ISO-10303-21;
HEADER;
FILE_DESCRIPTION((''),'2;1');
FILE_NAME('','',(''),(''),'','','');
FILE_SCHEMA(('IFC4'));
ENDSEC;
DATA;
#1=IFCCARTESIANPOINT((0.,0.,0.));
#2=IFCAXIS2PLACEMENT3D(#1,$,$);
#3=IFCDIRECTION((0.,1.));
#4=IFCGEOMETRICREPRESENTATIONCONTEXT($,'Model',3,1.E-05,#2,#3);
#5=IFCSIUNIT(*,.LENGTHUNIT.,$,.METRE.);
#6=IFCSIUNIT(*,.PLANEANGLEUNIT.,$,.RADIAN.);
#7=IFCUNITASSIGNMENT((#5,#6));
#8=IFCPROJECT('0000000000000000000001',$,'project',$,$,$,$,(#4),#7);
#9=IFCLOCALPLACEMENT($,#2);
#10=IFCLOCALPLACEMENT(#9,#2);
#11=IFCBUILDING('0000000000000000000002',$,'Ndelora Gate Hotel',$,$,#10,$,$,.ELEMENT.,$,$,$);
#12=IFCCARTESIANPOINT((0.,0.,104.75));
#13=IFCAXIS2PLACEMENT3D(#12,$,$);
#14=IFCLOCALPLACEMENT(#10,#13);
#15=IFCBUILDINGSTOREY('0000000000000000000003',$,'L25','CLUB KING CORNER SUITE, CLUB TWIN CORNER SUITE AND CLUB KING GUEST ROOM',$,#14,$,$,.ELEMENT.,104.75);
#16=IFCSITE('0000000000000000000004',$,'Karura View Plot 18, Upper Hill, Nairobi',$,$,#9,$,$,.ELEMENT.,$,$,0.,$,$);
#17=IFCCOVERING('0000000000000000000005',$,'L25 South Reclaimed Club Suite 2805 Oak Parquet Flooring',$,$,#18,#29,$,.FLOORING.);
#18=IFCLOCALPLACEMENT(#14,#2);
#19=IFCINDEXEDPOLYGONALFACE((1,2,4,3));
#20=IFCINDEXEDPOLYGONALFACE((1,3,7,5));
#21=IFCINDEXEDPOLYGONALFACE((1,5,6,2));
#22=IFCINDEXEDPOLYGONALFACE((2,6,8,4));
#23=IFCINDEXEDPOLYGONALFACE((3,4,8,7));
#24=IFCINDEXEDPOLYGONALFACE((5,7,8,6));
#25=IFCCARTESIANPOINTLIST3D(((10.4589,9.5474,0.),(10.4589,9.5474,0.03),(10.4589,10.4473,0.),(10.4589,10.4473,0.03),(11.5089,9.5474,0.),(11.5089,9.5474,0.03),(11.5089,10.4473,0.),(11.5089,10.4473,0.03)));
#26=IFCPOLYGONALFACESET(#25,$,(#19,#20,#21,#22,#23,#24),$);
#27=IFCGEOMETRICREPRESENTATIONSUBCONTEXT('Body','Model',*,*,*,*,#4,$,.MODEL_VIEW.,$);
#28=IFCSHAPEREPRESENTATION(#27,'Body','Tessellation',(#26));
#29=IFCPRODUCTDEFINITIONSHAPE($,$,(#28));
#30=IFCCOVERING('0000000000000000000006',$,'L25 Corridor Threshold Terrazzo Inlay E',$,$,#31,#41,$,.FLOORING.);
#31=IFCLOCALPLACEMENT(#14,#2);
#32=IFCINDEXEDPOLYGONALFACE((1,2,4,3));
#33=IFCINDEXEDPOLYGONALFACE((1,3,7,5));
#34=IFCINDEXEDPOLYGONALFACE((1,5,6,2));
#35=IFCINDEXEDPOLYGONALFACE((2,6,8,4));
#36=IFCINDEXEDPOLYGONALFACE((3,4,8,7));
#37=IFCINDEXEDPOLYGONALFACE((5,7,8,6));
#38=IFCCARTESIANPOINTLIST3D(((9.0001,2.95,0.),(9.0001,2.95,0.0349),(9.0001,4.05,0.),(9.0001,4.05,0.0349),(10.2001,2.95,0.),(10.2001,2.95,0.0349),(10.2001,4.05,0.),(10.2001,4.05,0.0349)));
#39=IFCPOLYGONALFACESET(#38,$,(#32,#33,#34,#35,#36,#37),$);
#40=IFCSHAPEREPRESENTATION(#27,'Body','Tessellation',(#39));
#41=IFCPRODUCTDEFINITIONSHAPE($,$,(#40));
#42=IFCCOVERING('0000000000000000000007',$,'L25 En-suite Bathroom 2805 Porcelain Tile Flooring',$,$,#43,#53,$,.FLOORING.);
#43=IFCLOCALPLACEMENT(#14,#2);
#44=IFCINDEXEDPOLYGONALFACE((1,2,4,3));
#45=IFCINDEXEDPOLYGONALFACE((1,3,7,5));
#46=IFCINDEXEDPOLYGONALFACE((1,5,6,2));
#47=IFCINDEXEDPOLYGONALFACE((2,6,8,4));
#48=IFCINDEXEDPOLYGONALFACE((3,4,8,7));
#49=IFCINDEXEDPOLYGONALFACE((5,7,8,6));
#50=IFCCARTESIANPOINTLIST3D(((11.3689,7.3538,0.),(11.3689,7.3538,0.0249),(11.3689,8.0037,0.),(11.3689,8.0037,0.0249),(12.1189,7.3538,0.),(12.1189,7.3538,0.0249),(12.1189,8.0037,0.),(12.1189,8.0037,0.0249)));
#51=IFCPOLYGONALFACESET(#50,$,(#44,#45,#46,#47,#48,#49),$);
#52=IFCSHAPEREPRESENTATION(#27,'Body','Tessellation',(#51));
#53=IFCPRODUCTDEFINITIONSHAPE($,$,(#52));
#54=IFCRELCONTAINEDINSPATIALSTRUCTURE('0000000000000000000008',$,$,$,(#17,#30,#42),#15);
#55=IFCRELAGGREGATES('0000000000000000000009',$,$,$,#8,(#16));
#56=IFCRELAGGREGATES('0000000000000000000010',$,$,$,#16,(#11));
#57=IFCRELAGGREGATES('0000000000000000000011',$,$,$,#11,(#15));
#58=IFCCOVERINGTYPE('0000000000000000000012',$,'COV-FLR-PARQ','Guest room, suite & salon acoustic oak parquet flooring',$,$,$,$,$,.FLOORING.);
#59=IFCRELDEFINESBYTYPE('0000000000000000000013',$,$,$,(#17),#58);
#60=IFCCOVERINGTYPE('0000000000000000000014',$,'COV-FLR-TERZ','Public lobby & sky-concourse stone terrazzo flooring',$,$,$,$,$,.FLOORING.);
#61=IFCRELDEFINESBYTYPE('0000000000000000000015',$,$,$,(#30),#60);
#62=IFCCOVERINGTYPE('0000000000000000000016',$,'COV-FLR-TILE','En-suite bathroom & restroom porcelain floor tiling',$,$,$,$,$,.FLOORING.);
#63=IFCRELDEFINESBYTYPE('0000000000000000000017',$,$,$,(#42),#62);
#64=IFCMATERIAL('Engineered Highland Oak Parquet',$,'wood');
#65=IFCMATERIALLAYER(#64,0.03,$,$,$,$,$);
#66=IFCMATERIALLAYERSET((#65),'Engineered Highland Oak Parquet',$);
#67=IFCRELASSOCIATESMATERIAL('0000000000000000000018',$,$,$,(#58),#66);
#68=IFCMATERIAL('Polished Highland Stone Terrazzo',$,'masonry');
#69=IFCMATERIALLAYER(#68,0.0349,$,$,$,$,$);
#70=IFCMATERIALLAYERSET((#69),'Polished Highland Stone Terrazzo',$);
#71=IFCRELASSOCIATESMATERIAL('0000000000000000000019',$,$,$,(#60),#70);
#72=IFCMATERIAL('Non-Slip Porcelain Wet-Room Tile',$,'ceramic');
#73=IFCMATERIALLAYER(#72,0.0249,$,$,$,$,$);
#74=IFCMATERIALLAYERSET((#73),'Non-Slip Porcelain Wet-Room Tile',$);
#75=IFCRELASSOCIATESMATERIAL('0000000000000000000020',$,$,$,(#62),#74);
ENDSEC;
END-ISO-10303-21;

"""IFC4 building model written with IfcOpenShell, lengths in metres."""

from ifc_helpers import new_model, si_unit, direction, frame, origin, origin_2d, place, context, subcontext, project, spatial, rectangle, extrude, material, layer, layer_set, type_object, element, save


model = new_model("IFC4")

# Units and contexts
model_context = context("Model", 3, precision=1e-05, world=origin(), true_north=direction((0.0, 1.0)))
body_context = subcontext(model_context, "Body", "Model", "MODEL_VIEW")
ifc_project = project(units=[si_unit("LENGTHUNIT", "METRE"), si_unit("PLANEANGLEUNIT", "RADIAN")], contexts=[model_context])

# Site, building, storey
site_placement = place(None, origin())
site = spatial("IfcSite", under=ifc_project, at=site_placement, Name="Karura View Plot 18, Upper Hill, Nairobi", CompositionType="ELEMENT", RefElevation=0.0)
building_placement = place(site_placement, origin())
building = spatial("IfcBuilding", under=site, at=building_placement, Name="Ndelora Gate Hotel", CompositionType="ELEMENT")
storey_placement = place(building_placement, frame((0.0, 0.0, 104.75)))
storey = spatial("IfcBuildingStorey", under=building, at=storey_placement, Name="L25", Description="CLUB KING CORNER SUITE, CLUB TWIN CORNER SUITE AND CLUB KING GUEST ROOM", CompositionType="ELEMENT", Elevation=104.75)

# Coverings
ifc_material_1 = material(Name="Engineered Highland Oak Parquet", Category="wood")
ifc_layer_1 = layer(ifc_material_1, 0.03)
ifc_layer_set_1 = layer_set([ifc_layer_1], Name="Engineered Highland Oak Parquet")
covering_type_1 = type_object("IfcCoveringType", Name="COV-FLR-PARQ", Description="Guest room, suite & salon acoustic oak parquet flooring", PredefinedType="FLOORING", material=ifc_layer_set_1)
covering_1_placement = place(storey_placement, frame((10.9839, 9.9973, 0.0), z_axis=(0.0, 0.0, 1.0), x_axis=(1.0, 0.0, 0.0)))
element("IfcCovering", 1, at=covering_1_placement, inside=storey, type_object=covering_type_1, Name="L25 South Reclaimed Club Suite 2805 Oak Parquet Flooring", PredefinedType="FLOORING", context=body_context, shape_type="SweptSolid", body=[
    extrude(rectangle(XDim=1.05, YDim=0.8999, at=origin_2d()), origin(), (0.0, 0.0, 1.0), 0.03),
])
ifc_material_2 = material(Name="Polished Highland Stone Terrazzo", Category="masonry")
ifc_layer_2 = layer(ifc_material_2, 0.0349)
ifc_layer_set_2 = layer_set([ifc_layer_2], Name="Polished Highland Stone Terrazzo")
covering_type_2 = type_object("IfcCoveringType", Name="COV-FLR-TERZ", Description="Public lobby & sky-concourse stone terrazzo flooring", PredefinedType="FLOORING", material=ifc_layer_set_2)
covering_2_placement = place(storey_placement, frame((9.6001, 3.5, 0.0), z_axis=(0.0, 0.0, 1.0), x_axis=(1.0, 0.0, 0.0)))
element("IfcCovering", 2, at=covering_2_placement, inside=storey, type_object=covering_type_2, Name="L25 Corridor Threshold Terrazzo Inlay E", PredefinedType="FLOORING", context=body_context, shape_type="SweptSolid", body=[
    extrude(rectangle(XDim=1.2, YDim=1.1001, at=origin_2d()), origin(), (0.0, 0.0, 1.0), 0.0349),
])
ifc_material_3 = material(Name="Non-Slip Porcelain Wet-Room Tile", Category="ceramic")
ifc_layer_3 = layer(ifc_material_3, 0.0249)
ifc_layer_set_3 = layer_set([ifc_layer_3], Name="Non-Slip Porcelain Wet-Room Tile")
covering_type_3 = type_object("IfcCoveringType", Name="COV-FLR-TILE", Description="En-suite bathroom & restroom porcelain floor tiling", PredefinedType="FLOORING", material=ifc_layer_set_3)
covering_3_placement = place(storey_placement, frame((11.7439, 7.6787, 0.0), z_axis=(0.0, 0.0, 1.0), x_axis=(1.0, 0.0, 0.0)))
element("IfcCovering", 3, at=covering_3_placement, inside=storey, type_object=covering_type_3, Name="L25 En-suite Bathroom 2805 Porcelain Tile Flooring", PredefinedType="FLOORING", context=body_context, shape_type="SweptSolid", body=[
    extrude(rectangle(XDim=0.75, YDim=0.6499, at=origin_2d()), origin(), (0.0, 0.0, 1.0), 0.0249),
])

save(model, "model.ifc")
